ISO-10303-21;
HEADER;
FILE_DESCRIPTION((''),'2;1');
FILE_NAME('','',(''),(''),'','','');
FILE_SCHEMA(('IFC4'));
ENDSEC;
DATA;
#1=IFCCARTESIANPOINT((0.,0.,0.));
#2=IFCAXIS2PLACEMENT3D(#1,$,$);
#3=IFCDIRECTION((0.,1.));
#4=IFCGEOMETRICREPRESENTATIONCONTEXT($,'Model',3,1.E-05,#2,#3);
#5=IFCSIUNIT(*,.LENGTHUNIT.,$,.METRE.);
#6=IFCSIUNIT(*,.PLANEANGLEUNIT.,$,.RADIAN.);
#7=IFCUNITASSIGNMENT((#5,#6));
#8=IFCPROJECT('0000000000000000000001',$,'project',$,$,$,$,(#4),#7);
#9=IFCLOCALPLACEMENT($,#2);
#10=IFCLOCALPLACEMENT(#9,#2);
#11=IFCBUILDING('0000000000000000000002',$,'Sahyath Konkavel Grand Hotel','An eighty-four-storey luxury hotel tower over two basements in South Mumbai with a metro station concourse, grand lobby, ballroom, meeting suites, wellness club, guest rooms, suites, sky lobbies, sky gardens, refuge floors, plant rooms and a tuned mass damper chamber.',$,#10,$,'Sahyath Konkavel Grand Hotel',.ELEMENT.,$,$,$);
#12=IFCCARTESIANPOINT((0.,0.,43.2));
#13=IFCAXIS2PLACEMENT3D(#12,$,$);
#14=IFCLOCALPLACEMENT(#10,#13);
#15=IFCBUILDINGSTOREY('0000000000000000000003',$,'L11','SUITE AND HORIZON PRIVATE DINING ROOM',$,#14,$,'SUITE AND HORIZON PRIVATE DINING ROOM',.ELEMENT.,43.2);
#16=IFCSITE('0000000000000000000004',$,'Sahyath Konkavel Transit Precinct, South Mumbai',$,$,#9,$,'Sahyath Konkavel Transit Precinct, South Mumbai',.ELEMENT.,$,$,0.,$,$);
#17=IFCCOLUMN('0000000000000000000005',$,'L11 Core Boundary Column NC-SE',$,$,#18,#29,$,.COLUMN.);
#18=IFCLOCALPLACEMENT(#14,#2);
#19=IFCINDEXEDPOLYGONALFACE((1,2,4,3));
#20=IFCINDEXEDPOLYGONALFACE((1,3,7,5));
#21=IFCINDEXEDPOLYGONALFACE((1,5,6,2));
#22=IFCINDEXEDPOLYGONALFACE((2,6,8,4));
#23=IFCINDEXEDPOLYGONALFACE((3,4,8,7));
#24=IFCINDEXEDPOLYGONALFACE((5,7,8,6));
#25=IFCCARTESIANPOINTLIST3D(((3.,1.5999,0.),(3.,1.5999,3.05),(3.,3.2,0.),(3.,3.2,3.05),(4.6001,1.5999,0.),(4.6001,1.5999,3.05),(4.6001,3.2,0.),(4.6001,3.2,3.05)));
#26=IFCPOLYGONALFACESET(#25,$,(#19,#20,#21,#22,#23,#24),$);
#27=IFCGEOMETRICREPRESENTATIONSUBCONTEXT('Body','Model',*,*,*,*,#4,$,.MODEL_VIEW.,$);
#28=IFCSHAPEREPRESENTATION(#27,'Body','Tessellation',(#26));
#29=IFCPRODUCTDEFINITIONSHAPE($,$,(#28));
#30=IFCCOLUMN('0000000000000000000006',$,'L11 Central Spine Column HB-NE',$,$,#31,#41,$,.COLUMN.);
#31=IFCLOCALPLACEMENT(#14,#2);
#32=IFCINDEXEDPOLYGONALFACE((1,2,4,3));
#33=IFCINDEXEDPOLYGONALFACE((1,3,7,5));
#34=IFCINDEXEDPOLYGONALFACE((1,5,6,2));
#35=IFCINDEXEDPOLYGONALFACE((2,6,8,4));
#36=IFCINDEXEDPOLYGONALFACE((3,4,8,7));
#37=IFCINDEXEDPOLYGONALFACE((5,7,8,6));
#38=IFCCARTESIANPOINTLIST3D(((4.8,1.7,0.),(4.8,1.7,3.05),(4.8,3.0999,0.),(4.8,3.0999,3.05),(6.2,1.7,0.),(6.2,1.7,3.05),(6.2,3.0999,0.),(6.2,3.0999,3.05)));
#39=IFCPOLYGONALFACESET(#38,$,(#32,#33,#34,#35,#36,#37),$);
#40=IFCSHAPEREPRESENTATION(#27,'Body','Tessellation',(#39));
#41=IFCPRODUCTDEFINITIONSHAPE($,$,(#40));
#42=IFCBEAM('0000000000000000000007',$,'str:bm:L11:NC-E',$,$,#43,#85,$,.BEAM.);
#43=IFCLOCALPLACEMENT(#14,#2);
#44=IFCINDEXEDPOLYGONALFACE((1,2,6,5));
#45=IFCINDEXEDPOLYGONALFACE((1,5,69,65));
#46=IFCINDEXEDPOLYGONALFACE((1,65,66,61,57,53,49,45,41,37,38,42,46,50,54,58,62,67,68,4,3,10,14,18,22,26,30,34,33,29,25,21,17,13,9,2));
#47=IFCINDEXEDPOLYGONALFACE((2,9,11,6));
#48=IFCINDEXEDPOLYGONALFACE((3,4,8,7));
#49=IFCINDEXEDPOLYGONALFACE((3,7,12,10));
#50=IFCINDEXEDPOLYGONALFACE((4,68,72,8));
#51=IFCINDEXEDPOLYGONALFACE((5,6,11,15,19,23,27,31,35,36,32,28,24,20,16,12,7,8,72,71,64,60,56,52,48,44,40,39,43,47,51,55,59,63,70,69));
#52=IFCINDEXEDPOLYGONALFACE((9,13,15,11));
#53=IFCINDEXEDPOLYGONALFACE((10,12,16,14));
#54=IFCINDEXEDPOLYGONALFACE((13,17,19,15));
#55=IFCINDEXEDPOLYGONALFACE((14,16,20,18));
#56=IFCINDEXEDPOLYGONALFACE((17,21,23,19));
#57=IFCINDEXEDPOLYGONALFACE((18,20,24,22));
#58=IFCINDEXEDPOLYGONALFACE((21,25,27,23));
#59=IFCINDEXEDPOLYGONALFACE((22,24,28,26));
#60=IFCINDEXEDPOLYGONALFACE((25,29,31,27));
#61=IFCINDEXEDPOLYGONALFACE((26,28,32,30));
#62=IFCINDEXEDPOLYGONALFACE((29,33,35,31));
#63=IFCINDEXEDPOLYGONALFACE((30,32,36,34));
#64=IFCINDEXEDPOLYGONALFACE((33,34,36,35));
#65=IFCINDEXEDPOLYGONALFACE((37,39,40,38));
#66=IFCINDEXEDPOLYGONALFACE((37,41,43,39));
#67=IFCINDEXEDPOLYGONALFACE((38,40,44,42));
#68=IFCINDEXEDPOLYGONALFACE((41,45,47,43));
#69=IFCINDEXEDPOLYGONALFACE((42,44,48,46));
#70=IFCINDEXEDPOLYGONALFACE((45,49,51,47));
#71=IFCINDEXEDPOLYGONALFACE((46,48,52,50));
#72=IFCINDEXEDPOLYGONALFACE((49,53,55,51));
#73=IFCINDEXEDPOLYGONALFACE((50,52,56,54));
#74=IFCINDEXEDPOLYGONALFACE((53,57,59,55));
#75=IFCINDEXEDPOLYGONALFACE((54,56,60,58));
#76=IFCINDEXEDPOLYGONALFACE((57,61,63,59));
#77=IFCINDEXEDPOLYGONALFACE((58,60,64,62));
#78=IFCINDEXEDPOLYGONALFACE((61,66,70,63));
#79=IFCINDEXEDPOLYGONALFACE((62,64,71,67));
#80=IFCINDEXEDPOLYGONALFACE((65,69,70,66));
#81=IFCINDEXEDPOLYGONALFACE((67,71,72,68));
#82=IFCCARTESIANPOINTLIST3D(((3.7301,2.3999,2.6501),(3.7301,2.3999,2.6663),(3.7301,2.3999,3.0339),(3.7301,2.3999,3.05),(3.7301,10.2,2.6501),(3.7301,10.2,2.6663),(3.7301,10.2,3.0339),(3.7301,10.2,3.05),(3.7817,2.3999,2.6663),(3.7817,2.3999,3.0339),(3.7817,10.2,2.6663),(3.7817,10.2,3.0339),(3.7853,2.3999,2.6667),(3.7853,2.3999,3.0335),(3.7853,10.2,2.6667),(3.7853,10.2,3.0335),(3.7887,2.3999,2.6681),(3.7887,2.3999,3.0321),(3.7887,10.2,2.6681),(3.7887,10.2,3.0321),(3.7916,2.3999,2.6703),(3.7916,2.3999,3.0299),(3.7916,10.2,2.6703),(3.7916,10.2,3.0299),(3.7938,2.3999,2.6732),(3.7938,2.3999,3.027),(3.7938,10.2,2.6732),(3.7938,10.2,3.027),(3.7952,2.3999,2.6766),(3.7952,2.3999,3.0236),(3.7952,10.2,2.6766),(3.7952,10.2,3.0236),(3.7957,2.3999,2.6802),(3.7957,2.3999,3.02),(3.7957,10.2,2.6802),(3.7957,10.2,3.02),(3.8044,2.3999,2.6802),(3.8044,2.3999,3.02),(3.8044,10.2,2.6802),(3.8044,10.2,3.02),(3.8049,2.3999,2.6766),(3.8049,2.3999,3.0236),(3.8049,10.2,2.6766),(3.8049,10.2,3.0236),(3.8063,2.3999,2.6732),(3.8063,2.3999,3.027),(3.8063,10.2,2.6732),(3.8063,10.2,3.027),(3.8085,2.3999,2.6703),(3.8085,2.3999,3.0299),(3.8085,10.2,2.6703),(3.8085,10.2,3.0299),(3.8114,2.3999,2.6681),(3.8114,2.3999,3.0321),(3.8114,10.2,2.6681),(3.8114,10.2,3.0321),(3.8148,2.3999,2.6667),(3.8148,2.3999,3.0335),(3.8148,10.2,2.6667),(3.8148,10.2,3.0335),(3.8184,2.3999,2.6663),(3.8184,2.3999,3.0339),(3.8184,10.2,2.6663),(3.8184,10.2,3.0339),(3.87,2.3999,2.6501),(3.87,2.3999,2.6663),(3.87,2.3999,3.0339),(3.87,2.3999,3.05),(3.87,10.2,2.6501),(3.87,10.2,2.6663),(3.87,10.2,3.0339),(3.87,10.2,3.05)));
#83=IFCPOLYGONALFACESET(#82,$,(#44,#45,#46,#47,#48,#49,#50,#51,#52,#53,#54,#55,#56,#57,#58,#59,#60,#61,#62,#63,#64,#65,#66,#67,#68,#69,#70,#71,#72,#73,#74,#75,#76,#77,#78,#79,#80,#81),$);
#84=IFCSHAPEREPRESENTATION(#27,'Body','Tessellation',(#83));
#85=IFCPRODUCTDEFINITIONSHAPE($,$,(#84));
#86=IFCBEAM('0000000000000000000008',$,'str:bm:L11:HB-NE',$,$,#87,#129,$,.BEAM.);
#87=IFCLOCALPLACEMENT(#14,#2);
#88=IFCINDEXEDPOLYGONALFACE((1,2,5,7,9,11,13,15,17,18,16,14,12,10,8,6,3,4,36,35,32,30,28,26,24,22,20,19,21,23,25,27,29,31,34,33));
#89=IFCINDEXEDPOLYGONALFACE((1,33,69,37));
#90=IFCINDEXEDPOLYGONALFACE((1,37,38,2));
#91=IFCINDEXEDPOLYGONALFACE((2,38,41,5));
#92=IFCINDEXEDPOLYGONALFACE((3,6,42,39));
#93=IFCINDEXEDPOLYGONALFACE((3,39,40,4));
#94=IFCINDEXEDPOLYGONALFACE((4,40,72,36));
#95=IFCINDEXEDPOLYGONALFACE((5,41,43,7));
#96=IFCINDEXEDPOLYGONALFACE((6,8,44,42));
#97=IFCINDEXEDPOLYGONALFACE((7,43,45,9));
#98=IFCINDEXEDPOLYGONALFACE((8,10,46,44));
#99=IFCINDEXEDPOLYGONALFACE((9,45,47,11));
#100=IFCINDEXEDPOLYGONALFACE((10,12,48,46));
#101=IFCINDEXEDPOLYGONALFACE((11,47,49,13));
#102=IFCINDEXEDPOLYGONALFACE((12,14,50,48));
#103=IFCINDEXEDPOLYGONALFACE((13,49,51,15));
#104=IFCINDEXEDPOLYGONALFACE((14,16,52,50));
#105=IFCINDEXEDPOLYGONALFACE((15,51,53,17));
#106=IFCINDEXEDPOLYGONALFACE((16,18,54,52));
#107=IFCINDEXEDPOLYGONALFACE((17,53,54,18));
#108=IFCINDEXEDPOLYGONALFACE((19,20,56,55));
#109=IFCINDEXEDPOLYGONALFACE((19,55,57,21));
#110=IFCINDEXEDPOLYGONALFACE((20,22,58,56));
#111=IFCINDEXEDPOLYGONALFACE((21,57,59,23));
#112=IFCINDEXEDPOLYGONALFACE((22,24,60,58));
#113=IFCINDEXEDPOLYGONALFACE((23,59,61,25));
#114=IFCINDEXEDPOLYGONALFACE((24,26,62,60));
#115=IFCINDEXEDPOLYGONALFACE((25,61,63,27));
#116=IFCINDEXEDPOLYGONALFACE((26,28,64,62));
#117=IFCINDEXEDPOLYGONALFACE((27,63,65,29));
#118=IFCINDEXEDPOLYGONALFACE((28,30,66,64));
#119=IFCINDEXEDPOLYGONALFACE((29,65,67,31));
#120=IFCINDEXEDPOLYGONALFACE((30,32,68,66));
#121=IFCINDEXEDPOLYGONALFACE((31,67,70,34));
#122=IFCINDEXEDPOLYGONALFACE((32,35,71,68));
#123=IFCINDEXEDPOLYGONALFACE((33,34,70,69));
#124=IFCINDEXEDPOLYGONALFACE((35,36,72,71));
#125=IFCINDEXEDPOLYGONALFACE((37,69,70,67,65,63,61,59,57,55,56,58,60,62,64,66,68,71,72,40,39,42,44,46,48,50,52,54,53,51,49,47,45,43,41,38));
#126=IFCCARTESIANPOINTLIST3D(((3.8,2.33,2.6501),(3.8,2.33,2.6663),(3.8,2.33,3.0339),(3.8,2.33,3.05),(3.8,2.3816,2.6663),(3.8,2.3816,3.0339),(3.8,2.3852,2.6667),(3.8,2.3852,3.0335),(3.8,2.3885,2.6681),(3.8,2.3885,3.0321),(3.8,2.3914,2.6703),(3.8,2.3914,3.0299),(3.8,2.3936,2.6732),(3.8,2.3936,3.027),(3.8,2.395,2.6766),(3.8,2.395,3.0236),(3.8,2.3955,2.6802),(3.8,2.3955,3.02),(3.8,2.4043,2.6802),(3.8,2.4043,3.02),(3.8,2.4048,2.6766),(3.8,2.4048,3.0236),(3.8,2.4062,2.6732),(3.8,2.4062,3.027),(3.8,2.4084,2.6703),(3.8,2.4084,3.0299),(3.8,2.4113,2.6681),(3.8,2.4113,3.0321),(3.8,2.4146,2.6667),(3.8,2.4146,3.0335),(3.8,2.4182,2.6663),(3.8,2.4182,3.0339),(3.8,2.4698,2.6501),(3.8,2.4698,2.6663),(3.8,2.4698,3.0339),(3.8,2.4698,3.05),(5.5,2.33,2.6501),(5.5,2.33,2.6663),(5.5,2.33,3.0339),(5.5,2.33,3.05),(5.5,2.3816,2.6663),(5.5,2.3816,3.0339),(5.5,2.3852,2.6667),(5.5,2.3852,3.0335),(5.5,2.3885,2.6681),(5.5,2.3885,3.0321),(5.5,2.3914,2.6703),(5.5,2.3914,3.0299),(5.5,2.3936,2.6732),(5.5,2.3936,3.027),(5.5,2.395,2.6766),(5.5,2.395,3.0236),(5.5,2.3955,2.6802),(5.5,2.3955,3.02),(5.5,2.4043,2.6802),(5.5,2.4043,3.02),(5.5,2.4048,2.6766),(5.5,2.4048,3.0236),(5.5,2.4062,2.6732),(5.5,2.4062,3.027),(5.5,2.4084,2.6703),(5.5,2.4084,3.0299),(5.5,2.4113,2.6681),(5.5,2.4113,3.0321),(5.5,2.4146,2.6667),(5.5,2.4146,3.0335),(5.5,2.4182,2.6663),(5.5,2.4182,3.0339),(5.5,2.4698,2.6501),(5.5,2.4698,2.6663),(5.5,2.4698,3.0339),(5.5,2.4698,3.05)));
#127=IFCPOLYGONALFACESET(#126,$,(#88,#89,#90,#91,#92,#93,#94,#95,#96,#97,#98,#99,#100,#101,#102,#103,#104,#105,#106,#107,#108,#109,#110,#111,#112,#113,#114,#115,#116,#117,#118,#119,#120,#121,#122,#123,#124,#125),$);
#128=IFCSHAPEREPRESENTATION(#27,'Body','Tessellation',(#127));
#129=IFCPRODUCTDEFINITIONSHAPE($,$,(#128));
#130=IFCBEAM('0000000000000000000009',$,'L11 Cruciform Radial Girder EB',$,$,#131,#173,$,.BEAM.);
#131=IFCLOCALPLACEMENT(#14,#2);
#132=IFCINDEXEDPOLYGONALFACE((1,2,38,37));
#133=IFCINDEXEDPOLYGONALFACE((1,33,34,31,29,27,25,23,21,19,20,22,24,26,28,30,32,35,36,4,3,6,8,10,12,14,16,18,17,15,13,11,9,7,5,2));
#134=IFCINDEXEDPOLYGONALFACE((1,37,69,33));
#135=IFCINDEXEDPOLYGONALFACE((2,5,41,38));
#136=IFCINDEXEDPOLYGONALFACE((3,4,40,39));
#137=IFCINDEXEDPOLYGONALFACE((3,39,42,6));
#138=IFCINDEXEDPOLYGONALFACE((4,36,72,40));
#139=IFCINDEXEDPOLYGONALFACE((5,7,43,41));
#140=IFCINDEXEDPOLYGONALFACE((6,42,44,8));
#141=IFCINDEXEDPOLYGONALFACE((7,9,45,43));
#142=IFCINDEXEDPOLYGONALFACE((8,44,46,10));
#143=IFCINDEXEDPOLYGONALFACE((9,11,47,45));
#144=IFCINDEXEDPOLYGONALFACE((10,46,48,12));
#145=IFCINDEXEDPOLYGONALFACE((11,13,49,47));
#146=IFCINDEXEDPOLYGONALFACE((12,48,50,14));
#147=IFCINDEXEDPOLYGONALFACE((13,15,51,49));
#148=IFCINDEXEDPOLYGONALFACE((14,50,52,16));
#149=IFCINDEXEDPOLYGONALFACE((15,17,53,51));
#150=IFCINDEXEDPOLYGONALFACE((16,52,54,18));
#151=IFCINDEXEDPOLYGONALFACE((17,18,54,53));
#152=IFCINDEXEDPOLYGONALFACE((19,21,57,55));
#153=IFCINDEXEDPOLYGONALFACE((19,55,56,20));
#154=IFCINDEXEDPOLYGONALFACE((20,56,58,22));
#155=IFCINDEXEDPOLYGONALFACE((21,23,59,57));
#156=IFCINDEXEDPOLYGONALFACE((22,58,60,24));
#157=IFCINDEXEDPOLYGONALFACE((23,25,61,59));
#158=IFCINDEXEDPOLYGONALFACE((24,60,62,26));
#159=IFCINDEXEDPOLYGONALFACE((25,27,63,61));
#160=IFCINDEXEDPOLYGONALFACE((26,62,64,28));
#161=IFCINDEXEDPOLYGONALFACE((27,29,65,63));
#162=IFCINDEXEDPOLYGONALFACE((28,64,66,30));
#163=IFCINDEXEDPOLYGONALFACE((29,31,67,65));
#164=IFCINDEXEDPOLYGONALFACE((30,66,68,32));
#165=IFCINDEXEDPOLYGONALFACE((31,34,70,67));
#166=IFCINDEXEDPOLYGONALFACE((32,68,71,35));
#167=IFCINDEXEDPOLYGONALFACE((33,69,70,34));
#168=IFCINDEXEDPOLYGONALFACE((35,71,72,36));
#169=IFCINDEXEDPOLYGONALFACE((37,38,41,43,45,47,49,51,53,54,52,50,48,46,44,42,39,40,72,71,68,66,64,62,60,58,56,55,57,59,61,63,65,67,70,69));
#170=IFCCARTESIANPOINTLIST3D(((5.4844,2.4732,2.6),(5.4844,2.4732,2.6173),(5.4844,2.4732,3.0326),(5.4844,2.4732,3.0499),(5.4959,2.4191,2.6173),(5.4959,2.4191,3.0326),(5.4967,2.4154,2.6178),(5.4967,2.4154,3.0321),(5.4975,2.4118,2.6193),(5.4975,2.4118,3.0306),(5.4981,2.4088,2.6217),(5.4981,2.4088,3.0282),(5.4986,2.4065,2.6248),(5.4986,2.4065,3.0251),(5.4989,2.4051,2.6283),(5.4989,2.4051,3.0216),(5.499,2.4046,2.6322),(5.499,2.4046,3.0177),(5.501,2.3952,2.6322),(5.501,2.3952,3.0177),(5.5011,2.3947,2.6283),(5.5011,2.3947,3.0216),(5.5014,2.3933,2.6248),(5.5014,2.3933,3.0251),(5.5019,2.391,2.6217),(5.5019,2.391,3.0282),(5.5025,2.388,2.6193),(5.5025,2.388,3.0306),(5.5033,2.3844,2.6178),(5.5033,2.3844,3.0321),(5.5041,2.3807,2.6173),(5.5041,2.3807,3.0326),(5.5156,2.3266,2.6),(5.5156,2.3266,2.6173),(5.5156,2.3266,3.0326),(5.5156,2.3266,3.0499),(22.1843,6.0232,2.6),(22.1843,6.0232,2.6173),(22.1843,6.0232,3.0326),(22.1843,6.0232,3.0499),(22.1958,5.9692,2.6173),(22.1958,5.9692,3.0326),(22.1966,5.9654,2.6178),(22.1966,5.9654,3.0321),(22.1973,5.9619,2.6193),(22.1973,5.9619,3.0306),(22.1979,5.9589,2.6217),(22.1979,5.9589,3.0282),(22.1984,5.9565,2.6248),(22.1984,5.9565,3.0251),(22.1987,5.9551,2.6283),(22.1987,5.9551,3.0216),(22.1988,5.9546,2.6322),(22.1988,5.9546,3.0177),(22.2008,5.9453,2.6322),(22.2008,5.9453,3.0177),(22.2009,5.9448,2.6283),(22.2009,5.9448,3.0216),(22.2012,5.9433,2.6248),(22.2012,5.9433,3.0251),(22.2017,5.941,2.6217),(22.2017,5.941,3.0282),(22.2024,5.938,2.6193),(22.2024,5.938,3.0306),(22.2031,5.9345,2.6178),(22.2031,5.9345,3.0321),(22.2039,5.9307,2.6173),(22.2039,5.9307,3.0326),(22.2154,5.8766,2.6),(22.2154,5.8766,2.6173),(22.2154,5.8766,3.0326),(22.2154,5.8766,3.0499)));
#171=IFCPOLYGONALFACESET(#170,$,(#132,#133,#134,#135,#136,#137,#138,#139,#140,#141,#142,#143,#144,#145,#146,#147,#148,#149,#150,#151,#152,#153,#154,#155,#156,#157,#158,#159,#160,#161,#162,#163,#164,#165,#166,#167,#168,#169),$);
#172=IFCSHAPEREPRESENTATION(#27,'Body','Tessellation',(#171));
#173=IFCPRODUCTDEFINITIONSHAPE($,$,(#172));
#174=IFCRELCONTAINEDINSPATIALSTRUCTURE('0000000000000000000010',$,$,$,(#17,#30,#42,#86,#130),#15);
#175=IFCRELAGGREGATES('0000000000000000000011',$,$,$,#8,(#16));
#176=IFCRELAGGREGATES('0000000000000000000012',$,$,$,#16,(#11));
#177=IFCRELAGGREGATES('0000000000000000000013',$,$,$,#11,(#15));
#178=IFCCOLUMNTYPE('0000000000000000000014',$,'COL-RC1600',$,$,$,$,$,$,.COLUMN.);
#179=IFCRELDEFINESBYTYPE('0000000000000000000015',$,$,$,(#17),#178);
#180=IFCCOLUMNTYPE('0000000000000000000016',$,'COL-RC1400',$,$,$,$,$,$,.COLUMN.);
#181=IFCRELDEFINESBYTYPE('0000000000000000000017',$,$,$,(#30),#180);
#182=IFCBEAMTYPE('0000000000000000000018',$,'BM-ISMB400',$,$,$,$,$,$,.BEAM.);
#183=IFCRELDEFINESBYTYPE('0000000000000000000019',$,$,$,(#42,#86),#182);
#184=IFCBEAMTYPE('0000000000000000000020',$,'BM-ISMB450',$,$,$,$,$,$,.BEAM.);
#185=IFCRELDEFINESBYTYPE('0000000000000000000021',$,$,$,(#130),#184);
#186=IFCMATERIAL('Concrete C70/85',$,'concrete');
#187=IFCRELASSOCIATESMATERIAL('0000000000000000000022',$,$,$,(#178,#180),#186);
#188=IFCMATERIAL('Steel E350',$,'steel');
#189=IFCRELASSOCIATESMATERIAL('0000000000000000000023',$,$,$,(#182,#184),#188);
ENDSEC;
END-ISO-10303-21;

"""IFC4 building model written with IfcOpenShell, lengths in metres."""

from ifc_helpers import new_model, si_unit, direction, frame, origin, origin_2d, place, context, subcontext, project, spatial, rectangle, i_section, extrude, source, transform, mapped, material, material_profile, profile_set, type_object, element, save


model = new_model("IFC4")

# Units and contexts
model_context = context("Model", 3, precision=1e-05, world=origin(), true_north=direction((0.0, 1.0)))
body_context = subcontext(model_context, "Body", "Model", "MODEL_VIEW")
ifc_project = project(units=[si_unit("LENGTHUNIT", "METRE"), si_unit("PLANEANGLEUNIT", "RADIAN")], contexts=[model_context])

# Site, building, storey
site_placement = place(None, origin())
site = spatial("IfcSite", under=ifc_project, at=site_placement, Name="Sahyath Konkavel Transit Precinct, South Mumbai", LongName="Sahyath Konkavel Transit Precinct, South Mumbai", CompositionType="ELEMENT", RefElevation=0.0)
building_placement = place(site_placement, origin())
building = spatial("IfcBuilding", under=site, at=building_placement, Name="Sahyath Konkavel Grand Hotel", Description="An eighty-four-storey luxury hotel tower over two basements in South Mumbai with a metro station concourse, grand lobby, ballroom, meeting suites, wellness club, guest rooms, suites, sky lobbies, sky gardens, refuge floors, plant rooms and a tuned mass damper chamber.", LongName="Sahyath Konkavel Grand Hotel", CompositionType="ELEMENT")
storey_placement = place(building_placement, frame((0.0, 0.0, 43.2)))
storey = spatial("IfcBuildingStorey", under=building, at=storey_placement, Name="L11", Description="SUITE AND HORIZON PRIVATE DINING ROOM", LongName="SUITE AND HORIZON PRIVATE DINING ROOM", CompositionType="ELEMENT", Elevation=43.2)

# Columns
ifc_material_1 = material(Name="Concrete C70/85", Category="concrete")
ifc_material_profile_1 = material_profile(ifc_material_1, rectangle(XDim=1.6001, YDim=1.6001, at=origin_2d()), Name="RC 1600x1600")
ifc_profile_set_1 = profile_set([ifc_material_profile_1], Name="Concrete C70/85")
column_type_1 = type_object("IfcColumnType", Name="COL-RC1600", PredefinedType="COLUMN", material=ifc_profile_set_1)
shared_shape_1 = source(origin(), body_context, "Body", "SweptSolid", [
    extrude(rectangle(XDim=1.6001, YDim=1.6001, at=origin_2d()), origin(), (0.0, 0.0, 1.0), 3.05),
])
column_1_placement = place(storey_placement, frame((3.8, 2.3999, 0.0), z_axis=(0.0, 0.0, 1.0), x_axis=(1.0, 0.0, 0.0)))
element("IfcColumn", 1, at=column_1_placement, inside=storey, type_object=column_type_1, Name="L11 Core Boundary Column NC-SE", PredefinedType="COLUMN", context=body_context, shape_type="MappedRepresentation", body=[
    mapped(shared_shape_1, transform((0.0, 0.0, 0.0), scale=1.0)),
])
ifc_material_profile_2 = material_profile(ifc_material_1, rectangle(XDim=1.3999, YDim=1.3999, at=origin_2d()), Name="RC 1400x1400")
ifc_profile_set_2 = profile_set([ifc_material_profile_2], Name="Concrete C70/85")
column_type_2 = type_object("IfcColumnType", Name="COL-RC1400", PredefinedType="COLUMN", material=ifc_profile_set_2)
shared_shape_2 = source(origin(), body_context, "Body", "SweptSolid", [
    extrude(rectangle(XDim=1.3999, YDim=1.3999, at=origin_2d()), origin(), (0.0, 0.0, 1.0), 3.05),
])
column_2_placement = place(storey_placement, frame((5.5, 2.3999, 0.0), z_axis=(0.0, 0.0, 1.0), x_axis=(1.0, 0.0, 0.0)))
element("IfcColumn", 2, at=column_2_placement, inside=storey, type_object=column_type_2, Name="L11 Central Spine Column HB-NE", PredefinedType="COLUMN", context=body_context, shape_type="MappedRepresentation", body=[
    mapped(shared_shape_2, transform((0.0, 0.0, 0.0), scale=1.0)),
])

# Beams
ifc_material_2 = material(Name="Steel E350", Category="steel")
ifc_material_profile_3 = material_profile(ifc_material_2, i_section(OverallWidth=0.1399, OverallDepth=0.3999, WebThickness=0.0088, FlangeThickness=0.0161, FilletRadius=0.0139, at=origin_2d()), Name="ISMB 400")
ifc_profile_set_3 = profile_set([ifc_material_profile_3], Name="Steel E350")
beam_type_1 = type_object("IfcBeamType", Name="BM-ISMB400", PredefinedType="BEAM", material=ifc_profile_set_3)
shared_shape_3 = source(origin(), body_context, "Body", "SweptSolid", [
    extrude(i_section(OverallWidth=0.1399, OverallDepth=0.3999, WebThickness=0.0088, FlangeThickness=0.0161, FilletRadius=0.0139, at=origin_2d()), origin(), (0.0, 0.0, 1.0), 7.8),
])
beam_1_placement = place(storey_placement, frame((3.8, 2.3999, 2.8501), z_axis=(0.0, 1.0, 0.0), x_axis=(-1.0, 0.0, 0.0)))
element("IfcBeam", 3, at=beam_1_placement, inside=storey, type_object=beam_type_1, Name="str:bm:L11:NC-E", PredefinedType="BEAM", context=body_context, shape_type="MappedRepresentation", body=[
    mapped(shared_shape_3, transform((0.0, 0.0, 0.0), scale=1.0)),
])
shared_shape_4 = source(origin(), body_context, "Body", "SweptSolid", [
    extrude(i_section(OverallWidth=0.1399, OverallDepth=0.3999, WebThickness=0.0088, FlangeThickness=0.0161, FilletRadius=0.0139, at=origin_2d()), origin(), (0.0, 0.0, 1.0), 1.7),
])
beam_2_placement = place(storey_placement, frame((3.8, 2.3999, 2.8501), z_axis=(1.0, 0.0, 0.0), x_axis=(0.0, 1.0, 0.0)))
element("IfcBeam", 4, at=beam_2_placement, inside=storey, type_object=beam_type_1, Name="str:bm:L11:HB-NE", PredefinedType="BEAM", context=body_context, shape_type="MappedRepresentation", body=[
    mapped(shared_shape_4, transform((0.0, 0.0, 0.0), scale=1.0)),
])
ifc_material_profile_4 = material_profile(ifc_material_2, i_section(OverallWidth=0.1499, OverallDepth=0.45, WebThickness=0.0095, FlangeThickness=0.0173, FilletRadius=0.0149, at=origin_2d()), Name="ISMB 450")
ifc_profile_set_4 = profile_set([ifc_material_profile_4], Name="Steel E350")
beam_type_2 = type_object("IfcBeamType", Name="BM-ISMB450", PredefinedType="BEAM", material=ifc_profile_set_4)
shared_shape_5 = source(origin(), body_context, "Body", "SweptSolid", [
    extrude(i_section(OverallWidth=0.1499, OverallDepth=0.45, WebThickness=0.0095, FlangeThickness=0.0173, FilletRadius=0.0149, at=origin_2d()), origin(), (0.0, 0.0, 1.0), 17.073),
])
beam_3_placement = place(storey_placement, frame((5.5, 2.3999, 2.825), z_axis=(0.978143, 0.207932, 0.0), x_axis=(-0.207932, 0.978143, 0.0)))
element("IfcBeam", 5, at=beam_3_placement, inside=storey, type_object=beam_type_2, Name="L11 Cruciform Radial Girder EB", PredefinedType="BEAM", context=body_context, shape_type="MappedRepresentation", body=[
    mapped(shared_shape_5, transform((0.0, 0.0, 0.0), scale=1.0)),
])

save(model, "model.ifc")
